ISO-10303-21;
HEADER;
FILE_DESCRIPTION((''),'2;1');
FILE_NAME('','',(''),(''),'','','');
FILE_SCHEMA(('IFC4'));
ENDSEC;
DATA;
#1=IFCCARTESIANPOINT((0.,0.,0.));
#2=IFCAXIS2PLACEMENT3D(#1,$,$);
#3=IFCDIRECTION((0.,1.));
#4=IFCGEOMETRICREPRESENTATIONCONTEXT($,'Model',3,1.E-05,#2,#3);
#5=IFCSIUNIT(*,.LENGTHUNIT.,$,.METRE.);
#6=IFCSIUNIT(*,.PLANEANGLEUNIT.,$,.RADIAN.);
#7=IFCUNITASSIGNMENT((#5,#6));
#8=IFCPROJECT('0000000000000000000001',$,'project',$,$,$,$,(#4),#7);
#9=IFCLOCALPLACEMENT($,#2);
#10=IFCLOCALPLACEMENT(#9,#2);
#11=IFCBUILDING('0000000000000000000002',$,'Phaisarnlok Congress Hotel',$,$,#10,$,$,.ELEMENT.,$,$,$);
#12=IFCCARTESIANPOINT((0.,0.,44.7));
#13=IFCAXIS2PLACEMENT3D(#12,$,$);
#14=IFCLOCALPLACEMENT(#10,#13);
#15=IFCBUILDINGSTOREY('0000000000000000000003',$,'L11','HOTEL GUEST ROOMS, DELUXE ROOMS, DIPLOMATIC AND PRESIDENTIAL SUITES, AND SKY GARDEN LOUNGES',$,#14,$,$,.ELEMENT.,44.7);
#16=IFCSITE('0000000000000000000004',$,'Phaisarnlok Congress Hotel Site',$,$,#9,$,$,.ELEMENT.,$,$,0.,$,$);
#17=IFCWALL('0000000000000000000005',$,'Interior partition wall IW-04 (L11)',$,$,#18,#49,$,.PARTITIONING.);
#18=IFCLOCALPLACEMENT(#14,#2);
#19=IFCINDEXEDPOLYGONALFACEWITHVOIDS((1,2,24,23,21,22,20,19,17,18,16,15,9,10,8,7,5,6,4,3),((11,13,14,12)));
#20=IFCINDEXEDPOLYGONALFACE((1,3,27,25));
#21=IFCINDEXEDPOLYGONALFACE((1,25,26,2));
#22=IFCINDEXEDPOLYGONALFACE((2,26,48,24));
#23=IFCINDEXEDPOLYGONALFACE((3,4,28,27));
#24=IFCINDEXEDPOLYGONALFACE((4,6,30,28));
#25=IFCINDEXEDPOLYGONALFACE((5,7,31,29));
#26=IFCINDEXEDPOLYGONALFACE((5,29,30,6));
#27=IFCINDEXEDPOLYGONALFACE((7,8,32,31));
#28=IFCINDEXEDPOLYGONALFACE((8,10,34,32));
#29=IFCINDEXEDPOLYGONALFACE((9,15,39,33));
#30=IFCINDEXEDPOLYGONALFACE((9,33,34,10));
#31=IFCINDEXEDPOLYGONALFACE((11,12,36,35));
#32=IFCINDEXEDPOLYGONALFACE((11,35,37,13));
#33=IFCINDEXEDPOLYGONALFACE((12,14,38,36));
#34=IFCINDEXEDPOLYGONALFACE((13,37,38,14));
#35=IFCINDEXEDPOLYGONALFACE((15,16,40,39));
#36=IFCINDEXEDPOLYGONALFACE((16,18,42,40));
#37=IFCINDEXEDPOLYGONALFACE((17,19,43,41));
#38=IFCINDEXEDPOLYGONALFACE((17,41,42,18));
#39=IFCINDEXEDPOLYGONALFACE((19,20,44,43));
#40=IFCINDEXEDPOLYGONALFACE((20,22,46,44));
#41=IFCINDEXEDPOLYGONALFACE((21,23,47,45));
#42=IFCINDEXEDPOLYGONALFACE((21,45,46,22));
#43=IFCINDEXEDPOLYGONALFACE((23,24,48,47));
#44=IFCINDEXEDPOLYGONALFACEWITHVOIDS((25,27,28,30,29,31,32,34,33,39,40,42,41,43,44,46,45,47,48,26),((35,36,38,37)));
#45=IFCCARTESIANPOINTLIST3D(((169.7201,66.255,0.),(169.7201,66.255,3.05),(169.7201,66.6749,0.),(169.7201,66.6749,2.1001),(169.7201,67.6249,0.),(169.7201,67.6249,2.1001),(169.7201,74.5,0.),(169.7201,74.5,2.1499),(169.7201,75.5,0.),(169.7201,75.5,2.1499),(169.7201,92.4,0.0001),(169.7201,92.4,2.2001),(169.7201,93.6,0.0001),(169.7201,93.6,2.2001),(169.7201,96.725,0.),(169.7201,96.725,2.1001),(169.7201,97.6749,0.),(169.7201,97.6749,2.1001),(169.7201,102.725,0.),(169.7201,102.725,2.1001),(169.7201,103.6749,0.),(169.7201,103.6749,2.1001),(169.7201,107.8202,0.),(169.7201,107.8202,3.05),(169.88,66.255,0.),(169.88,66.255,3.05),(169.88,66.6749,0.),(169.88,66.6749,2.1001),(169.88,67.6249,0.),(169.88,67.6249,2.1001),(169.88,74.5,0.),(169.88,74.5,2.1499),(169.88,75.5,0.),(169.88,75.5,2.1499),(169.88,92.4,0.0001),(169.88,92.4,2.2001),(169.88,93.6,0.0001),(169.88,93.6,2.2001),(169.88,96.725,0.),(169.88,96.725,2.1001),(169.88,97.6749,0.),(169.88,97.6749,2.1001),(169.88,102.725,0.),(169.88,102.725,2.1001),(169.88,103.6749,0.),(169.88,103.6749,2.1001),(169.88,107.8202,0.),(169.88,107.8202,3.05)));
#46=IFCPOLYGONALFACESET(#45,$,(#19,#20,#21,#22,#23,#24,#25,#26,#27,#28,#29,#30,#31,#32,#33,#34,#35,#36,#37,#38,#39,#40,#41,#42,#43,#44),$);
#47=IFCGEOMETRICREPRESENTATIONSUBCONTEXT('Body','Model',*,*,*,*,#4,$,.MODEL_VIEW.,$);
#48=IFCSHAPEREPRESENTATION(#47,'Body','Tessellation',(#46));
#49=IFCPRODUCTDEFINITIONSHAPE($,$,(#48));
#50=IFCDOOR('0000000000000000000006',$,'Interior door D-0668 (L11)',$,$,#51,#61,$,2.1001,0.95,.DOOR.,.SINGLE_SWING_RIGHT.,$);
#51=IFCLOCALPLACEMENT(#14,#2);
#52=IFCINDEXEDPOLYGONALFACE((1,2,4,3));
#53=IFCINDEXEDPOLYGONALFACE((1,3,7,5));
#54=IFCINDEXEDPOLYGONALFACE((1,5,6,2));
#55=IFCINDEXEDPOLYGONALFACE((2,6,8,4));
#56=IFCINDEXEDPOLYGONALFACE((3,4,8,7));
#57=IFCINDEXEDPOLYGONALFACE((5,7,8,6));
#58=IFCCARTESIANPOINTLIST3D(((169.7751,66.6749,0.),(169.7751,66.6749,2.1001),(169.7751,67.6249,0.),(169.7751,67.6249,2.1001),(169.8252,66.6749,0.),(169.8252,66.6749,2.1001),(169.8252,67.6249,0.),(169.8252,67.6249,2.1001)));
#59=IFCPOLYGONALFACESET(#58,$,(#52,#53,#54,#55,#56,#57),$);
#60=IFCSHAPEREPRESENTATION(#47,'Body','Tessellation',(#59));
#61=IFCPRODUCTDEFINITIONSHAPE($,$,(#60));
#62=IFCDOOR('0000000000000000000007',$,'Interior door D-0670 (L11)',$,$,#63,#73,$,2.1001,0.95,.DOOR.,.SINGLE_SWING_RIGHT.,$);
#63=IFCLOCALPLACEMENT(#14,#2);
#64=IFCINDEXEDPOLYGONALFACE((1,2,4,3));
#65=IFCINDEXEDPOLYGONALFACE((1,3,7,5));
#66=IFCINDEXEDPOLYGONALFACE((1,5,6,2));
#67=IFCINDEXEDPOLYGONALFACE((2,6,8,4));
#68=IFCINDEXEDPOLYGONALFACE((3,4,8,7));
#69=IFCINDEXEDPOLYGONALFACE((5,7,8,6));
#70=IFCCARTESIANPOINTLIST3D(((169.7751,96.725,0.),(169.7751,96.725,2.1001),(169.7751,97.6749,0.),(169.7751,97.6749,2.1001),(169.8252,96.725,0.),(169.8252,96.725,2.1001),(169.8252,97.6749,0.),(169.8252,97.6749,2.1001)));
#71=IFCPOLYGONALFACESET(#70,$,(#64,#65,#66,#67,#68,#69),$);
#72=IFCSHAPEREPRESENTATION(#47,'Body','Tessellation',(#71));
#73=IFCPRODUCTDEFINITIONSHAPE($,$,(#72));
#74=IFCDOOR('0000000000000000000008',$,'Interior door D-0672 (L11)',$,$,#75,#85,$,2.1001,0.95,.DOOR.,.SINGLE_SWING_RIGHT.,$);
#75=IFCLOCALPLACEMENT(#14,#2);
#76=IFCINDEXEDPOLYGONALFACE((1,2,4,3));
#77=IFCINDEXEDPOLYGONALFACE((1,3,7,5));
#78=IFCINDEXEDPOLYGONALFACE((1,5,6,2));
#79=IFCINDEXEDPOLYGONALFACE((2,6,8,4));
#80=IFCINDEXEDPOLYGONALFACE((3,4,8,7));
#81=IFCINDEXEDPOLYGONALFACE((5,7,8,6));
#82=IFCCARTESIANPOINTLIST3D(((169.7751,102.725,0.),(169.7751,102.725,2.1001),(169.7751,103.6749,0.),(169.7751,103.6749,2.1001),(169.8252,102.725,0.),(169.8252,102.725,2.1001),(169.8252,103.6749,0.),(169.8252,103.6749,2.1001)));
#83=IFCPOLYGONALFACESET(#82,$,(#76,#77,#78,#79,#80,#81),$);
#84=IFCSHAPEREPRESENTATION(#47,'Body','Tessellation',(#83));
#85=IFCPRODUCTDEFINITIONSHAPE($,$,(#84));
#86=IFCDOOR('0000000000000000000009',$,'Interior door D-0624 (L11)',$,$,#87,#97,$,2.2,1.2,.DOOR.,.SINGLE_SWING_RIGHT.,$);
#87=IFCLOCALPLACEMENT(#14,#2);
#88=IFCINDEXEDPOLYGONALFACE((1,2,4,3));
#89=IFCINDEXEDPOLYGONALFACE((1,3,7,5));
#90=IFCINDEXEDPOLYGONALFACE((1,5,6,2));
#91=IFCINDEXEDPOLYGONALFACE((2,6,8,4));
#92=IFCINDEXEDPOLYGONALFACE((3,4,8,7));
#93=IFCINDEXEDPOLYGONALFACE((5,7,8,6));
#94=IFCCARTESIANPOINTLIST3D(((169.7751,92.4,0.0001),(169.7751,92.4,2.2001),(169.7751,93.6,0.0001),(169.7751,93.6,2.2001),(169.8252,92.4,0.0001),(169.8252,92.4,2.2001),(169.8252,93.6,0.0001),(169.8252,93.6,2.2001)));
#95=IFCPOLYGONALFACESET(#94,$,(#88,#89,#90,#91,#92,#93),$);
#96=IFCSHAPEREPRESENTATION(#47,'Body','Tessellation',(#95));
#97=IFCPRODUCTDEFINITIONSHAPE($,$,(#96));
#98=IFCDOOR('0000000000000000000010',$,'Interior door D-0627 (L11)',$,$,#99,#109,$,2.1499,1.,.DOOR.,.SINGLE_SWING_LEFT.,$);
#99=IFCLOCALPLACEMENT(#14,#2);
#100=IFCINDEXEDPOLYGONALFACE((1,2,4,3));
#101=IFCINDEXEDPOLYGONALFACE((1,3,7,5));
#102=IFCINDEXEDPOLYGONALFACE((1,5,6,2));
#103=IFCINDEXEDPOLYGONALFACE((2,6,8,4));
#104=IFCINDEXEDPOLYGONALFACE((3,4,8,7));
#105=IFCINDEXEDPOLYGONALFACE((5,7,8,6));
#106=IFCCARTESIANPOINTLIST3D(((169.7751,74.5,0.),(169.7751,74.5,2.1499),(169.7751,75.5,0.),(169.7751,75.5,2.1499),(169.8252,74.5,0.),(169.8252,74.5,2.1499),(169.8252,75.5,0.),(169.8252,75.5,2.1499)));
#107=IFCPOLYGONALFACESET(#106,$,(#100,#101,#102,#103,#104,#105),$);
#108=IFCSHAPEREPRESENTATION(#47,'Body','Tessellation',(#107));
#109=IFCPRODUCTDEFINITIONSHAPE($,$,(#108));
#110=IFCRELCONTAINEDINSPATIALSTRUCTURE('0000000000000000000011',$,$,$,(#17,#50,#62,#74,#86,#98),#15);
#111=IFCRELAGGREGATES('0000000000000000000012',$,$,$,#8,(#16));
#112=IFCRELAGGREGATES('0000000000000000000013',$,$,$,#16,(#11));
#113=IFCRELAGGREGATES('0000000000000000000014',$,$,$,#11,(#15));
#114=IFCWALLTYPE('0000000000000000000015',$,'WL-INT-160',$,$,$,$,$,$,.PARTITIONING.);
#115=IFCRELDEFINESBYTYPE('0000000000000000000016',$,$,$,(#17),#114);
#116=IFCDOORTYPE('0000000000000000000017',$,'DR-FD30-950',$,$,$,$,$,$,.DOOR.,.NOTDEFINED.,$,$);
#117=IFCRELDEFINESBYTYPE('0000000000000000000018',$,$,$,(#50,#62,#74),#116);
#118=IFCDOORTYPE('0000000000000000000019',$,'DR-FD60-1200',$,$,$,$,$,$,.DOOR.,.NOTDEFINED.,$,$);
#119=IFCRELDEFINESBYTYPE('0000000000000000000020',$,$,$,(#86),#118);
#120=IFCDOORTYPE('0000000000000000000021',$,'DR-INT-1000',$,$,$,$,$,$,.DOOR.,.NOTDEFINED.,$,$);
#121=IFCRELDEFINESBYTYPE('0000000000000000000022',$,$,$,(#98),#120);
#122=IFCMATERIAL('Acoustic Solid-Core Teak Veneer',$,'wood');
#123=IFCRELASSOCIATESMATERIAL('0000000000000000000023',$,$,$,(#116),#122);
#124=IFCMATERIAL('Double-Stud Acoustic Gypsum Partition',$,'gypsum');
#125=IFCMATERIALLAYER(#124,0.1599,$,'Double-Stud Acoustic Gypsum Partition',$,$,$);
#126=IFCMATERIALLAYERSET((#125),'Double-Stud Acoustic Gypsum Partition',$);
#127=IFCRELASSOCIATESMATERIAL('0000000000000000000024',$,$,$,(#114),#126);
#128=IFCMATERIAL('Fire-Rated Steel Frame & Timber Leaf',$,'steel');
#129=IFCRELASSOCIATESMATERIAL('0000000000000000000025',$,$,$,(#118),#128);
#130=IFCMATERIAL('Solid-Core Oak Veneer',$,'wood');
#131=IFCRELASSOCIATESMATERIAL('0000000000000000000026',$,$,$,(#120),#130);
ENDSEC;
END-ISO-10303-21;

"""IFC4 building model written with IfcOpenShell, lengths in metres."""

from ifc_helpers import new_model, si_unit, direction, frame, frame_2d, origin, place, context, subcontext, project, spatial, rectangle, extrude, material, layer, layer_set, type_object, element, fill, save


model = new_model("IFC4")

# Units and contexts
model_context = context("Model", 3, precision=1e-05, world=origin(), true_north=direction((0.0, 1.0)))
body_context = subcontext(model_context, "Body", "Model", "MODEL_VIEW")
ifc_project = project(units=[si_unit("LENGTHUNIT", "METRE"), si_unit("PLANEANGLEUNIT", "RADIAN")], contexts=[model_context])

# Site, building, storey
site_placement = place(None, origin())
site = spatial("IfcSite", under=ifc_project, at=site_placement, Name="Phaisarnlok Congress Hotel Site", CompositionType="ELEMENT", RefElevation=0.0)
building_placement = place(site_placement, origin())
building = spatial("IfcBuilding", under=site, at=building_placement, Name="Phaisarnlok Congress Hotel", CompositionType="ELEMENT")
storey_placement = place(building_placement, frame((0.0, 0.0, 44.7)))
storey = spatial("IfcBuildingStorey", under=building, at=storey_placement, Name="L11", Description="HOTEL GUEST ROOMS, DELUXE ROOMS, DIPLOMATIC AND PRESIDENTIAL SUITES, AND SKY GARDEN LOUNGES", CompositionType="ELEMENT", Elevation=44.7)

# Wall, openings, doors
ifc_material_1 = material(Name="Acoustic Solid-Core Teak Veneer", Category="wood")
door_type_1 = type_object("IfcDoorType", Name="DR-FD30-950", OperationType="NOTDEFINED", PredefinedType="DOOR", material=ifc_material_1)
ifc_material_2 = material(Name="Double-Stud Acoustic Gypsum Partition", Category="gypsum")
ifc_layer_1 = layer(ifc_material_2, 0.1599, Name="Double-Stud Acoustic Gypsum Partition")
ifc_layer_set_1 = layer_set([ifc_layer_1], Name="Double-Stud Acoustic Gypsum Partition")
wall_type_1 = type_object("IfcWallType", Name="WL-INT-160", PredefinedType="PARTITIONING", material=ifc_layer_set_1)
wall_1_placement = place(storey_placement, frame((169.8, 66.2549, 0.0), z_axis=(0.0, 0.0, 1.0), x_axis=(0.0, 1.0, 0.0)))
wall_1 = element("IfcWall", 1, at=wall_1_placement, inside=storey, type_object=wall_type_1, Name="Interior partition wall IW-04 (L11)", PredefinedType="PARTITIONING", context=body_context, shape_type="SweptSolid", body=[
    extrude(rectangle(XDim=41.5652, YDim=0.1599, at=frame_2d((20.7827, 0.0))), origin(), (0.0, 0.0, 1.0), 3.05),
])
opening_1_placement = place(wall_1_placement, frame((26.145, 0.0, 0.0)))
opening_1 = element("IfcOpeningElement", 2, at=opening_1_placement, cuts=wall_1, PredefinedType="OPENING", context=body_context, shape_type="SweptSolid", body=[
    extrude(rectangle(XDim=1.2, YDim=2.2, at=frame_2d((0.6001, 1.1001))), frame((0.0, 0.0898, 0.0), z_axis=(0.0, -1.0, 0.0), x_axis=(1.0, 0.0, 0.0)), (0.0, 0.0, 1.0), 0.1799),
])
opening_2_placement = place(wall_1_placement, frame((8.2451, 0.0, 0.0)))
opening_2 = element("IfcOpeningElement", 3, at=opening_2_placement, cuts=wall_1, PredefinedType="OPENING", context=body_context, shape_type="SweptSolid", body=[
    extrude(rectangle(XDim=1.0, YDim=2.1499, at=frame_2d((0.5, 1.075))), frame((0.0, 0.0898, 0.0), z_axis=(0.0, -1.0, 0.0), x_axis=(1.0, 0.0, 0.0)), (0.0, 0.0, 1.0), 0.1799),
])
opening_3_placement = place(wall_1_placement, frame((0.4199, 0.0, 0.0)))
opening_3 = element("IfcOpeningElement", 4, at=opening_3_placement, cuts=wall_1, PredefinedType="OPENING", context=body_context, shape_type="SweptSolid", body=[
    extrude(rectangle(XDim=0.95, YDim=2.1001, at=frame_2d((0.4751, 1.05))), frame((0.0, 0.0898, 0.0), z_axis=(0.0, -1.0, 0.0), x_axis=(1.0, 0.0, 0.0)), (0.0, 0.0, 1.0), 0.1799),
])
opening_4_placement = place(wall_1_placement, frame((30.47, 0.0, 0.0)))
opening_4 = element("IfcOpeningElement", 5, at=opening_4_placement, cuts=wall_1, PredefinedType="OPENING", context=body_context, shape_type="SweptSolid", body=[
    extrude(rectangle(XDim=0.95, YDim=2.1001, at=frame_2d((0.4751, 1.05))), frame((0.0, 0.0898, 0.0), z_axis=(0.0, -1.0, 0.0), x_axis=(1.0, 0.0, 0.0)), (0.0, 0.0, 1.0), 0.1799),
])
opening_5_placement = place(wall_1_placement, frame((36.47, 0.0, 0.0)))
opening_5 = element("IfcOpeningElement", 6, at=opening_5_placement, cuts=wall_1, PredefinedType="OPENING", context=body_context, shape_type="SweptSolid", body=[
    extrude(rectangle(XDim=0.95, YDim=2.1001, at=frame_2d((0.4751, 1.05))), frame((0.0, 0.0898, 0.0), z_axis=(0.0, -1.0, 0.0), x_axis=(1.0, 0.0, 0.0)), (0.0, 0.0, 1.0), 0.1799),
])
door_1_placement = place(opening_3_placement, origin())
door_1 = element("IfcDoor", 7, at=door_1_placement, inside=storey, type_object=door_type_1, Name="Interior door D-0668 (L11)", OperationType="SINGLE_SWING_RIGHT", OverallHeight=2.1001, OverallWidth=0.95, PredefinedType="DOOR", context=body_context, shape_type="SweptSolid", body=[
    extrude(rectangle(XDim=0.95, YDim=2.1001, at=frame_2d((0.4751, 1.05))), frame((0.0, 0.0249, 0.0), z_axis=(0.0, -1.0, 0.0), x_axis=(1.0, 0.0, 0.0)), (0.0, 0.0, 1.0), 0.05),
])
fill(opening_3, door_1)
door_2_placement = place(opening_4_placement, origin())
door_2 = element("IfcDoor", 8, at=door_2_placement, inside=storey, type_object=door_type_1, Name="Interior door D-0670 (L11)", OperationType="SINGLE_SWING_RIGHT", OverallHeight=2.1001, OverallWidth=0.95, PredefinedType="DOOR", context=body_context, shape_type="SweptSolid", body=[
    extrude(rectangle(XDim=0.95, YDim=2.1001, at=frame_2d((0.4751, 1.05))), frame((0.0, 0.0249, 0.0), z_axis=(0.0, -1.0, 0.0), x_axis=(1.0, 0.0, 0.0)), (0.0, 0.0, 1.0), 0.05),
])
fill(opening_4, door_2)
door_3_placement = place(opening_5_placement, origin())
door_3 = element("IfcDoor", 9, at=door_3_placement, inside=storey, type_object=door_type_1, Name="Interior door D-0672 (L11)", OperationType="SINGLE_SWING_RIGHT", OverallHeight=2.1001, OverallWidth=0.95, PredefinedType="DOOR", context=body_context, shape_type="SweptSolid", body=[
    extrude(rectangle(XDim=0.95, YDim=2.1001, at=frame_2d((0.4751, 1.05))), frame((0.0, 0.0249, 0.0), z_axis=(0.0, -1.0, 0.0), x_axis=(1.0, 0.0, 0.0)), (0.0, 0.0, 1.0), 0.05),
])
fill(opening_5, door_3)
ifc_material_3 = material(Name="Fire-Rated Steel Frame & Timber Leaf", Category="steel")
door_type_2 = type_object("IfcDoorType", Name="DR-FD60-1200", OperationType="NOTDEFINED", PredefinedType="DOOR", material=ifc_material_3)
door_4_placement = place(opening_1_placement, origin())
door_4 = element("IfcDoor", 10, at=door_4_placement, inside=storey, type_object=door_type_2, Name="Interior door D-0624 (L11)", OperationType="SINGLE_SWING_RIGHT", OverallHeight=2.2, OverallWidth=1.2, PredefinedType="DOOR", context=body_context, shape_type="SweptSolid", body=[
    extrude(rectangle(XDim=1.2, YDim=2.2, at=frame_2d((0.6001, 1.1001))), frame((0.0, 0.0249, 0.0), z_axis=(0.0, -1.0, 0.0), x_axis=(1.0, 0.0, 0.0)), (0.0, 0.0, 1.0), 0.05),
])
fill(opening_1, door_4)
ifc_material_4 = material(Name="Solid-Core Oak Veneer", Category="wood")
door_type_3 = type_object("IfcDoorType", Name="DR-INT-1000", OperationType="NOTDEFINED", PredefinedType="DOOR", material=ifc_material_4)
door_5_placement = place(opening_2_placement, origin())
door_5 = element("IfcDoor", 11, at=door_5_placement, inside=storey, type_object=door_type_3, Name="Interior door D-0627 (L11)", OperationType="SINGLE_SWING_LEFT", OverallHeight=2.1499, OverallWidth=1.0, PredefinedType="DOOR", context=body_context, shape_type="SweptSolid", body=[
    extrude(rectangle(XDim=1.0, YDim=2.1499, at=frame_2d((0.5, 1.075))), frame((0.0, 0.0249, 0.0), z_axis=(0.0, -1.0, 0.0), x_axis=(1.0, 0.0, 0.0)), (0.0, 0.0, 1.0), 0.05),
])
fill(opening_2, door_5)

save(model, "model.ifc")
